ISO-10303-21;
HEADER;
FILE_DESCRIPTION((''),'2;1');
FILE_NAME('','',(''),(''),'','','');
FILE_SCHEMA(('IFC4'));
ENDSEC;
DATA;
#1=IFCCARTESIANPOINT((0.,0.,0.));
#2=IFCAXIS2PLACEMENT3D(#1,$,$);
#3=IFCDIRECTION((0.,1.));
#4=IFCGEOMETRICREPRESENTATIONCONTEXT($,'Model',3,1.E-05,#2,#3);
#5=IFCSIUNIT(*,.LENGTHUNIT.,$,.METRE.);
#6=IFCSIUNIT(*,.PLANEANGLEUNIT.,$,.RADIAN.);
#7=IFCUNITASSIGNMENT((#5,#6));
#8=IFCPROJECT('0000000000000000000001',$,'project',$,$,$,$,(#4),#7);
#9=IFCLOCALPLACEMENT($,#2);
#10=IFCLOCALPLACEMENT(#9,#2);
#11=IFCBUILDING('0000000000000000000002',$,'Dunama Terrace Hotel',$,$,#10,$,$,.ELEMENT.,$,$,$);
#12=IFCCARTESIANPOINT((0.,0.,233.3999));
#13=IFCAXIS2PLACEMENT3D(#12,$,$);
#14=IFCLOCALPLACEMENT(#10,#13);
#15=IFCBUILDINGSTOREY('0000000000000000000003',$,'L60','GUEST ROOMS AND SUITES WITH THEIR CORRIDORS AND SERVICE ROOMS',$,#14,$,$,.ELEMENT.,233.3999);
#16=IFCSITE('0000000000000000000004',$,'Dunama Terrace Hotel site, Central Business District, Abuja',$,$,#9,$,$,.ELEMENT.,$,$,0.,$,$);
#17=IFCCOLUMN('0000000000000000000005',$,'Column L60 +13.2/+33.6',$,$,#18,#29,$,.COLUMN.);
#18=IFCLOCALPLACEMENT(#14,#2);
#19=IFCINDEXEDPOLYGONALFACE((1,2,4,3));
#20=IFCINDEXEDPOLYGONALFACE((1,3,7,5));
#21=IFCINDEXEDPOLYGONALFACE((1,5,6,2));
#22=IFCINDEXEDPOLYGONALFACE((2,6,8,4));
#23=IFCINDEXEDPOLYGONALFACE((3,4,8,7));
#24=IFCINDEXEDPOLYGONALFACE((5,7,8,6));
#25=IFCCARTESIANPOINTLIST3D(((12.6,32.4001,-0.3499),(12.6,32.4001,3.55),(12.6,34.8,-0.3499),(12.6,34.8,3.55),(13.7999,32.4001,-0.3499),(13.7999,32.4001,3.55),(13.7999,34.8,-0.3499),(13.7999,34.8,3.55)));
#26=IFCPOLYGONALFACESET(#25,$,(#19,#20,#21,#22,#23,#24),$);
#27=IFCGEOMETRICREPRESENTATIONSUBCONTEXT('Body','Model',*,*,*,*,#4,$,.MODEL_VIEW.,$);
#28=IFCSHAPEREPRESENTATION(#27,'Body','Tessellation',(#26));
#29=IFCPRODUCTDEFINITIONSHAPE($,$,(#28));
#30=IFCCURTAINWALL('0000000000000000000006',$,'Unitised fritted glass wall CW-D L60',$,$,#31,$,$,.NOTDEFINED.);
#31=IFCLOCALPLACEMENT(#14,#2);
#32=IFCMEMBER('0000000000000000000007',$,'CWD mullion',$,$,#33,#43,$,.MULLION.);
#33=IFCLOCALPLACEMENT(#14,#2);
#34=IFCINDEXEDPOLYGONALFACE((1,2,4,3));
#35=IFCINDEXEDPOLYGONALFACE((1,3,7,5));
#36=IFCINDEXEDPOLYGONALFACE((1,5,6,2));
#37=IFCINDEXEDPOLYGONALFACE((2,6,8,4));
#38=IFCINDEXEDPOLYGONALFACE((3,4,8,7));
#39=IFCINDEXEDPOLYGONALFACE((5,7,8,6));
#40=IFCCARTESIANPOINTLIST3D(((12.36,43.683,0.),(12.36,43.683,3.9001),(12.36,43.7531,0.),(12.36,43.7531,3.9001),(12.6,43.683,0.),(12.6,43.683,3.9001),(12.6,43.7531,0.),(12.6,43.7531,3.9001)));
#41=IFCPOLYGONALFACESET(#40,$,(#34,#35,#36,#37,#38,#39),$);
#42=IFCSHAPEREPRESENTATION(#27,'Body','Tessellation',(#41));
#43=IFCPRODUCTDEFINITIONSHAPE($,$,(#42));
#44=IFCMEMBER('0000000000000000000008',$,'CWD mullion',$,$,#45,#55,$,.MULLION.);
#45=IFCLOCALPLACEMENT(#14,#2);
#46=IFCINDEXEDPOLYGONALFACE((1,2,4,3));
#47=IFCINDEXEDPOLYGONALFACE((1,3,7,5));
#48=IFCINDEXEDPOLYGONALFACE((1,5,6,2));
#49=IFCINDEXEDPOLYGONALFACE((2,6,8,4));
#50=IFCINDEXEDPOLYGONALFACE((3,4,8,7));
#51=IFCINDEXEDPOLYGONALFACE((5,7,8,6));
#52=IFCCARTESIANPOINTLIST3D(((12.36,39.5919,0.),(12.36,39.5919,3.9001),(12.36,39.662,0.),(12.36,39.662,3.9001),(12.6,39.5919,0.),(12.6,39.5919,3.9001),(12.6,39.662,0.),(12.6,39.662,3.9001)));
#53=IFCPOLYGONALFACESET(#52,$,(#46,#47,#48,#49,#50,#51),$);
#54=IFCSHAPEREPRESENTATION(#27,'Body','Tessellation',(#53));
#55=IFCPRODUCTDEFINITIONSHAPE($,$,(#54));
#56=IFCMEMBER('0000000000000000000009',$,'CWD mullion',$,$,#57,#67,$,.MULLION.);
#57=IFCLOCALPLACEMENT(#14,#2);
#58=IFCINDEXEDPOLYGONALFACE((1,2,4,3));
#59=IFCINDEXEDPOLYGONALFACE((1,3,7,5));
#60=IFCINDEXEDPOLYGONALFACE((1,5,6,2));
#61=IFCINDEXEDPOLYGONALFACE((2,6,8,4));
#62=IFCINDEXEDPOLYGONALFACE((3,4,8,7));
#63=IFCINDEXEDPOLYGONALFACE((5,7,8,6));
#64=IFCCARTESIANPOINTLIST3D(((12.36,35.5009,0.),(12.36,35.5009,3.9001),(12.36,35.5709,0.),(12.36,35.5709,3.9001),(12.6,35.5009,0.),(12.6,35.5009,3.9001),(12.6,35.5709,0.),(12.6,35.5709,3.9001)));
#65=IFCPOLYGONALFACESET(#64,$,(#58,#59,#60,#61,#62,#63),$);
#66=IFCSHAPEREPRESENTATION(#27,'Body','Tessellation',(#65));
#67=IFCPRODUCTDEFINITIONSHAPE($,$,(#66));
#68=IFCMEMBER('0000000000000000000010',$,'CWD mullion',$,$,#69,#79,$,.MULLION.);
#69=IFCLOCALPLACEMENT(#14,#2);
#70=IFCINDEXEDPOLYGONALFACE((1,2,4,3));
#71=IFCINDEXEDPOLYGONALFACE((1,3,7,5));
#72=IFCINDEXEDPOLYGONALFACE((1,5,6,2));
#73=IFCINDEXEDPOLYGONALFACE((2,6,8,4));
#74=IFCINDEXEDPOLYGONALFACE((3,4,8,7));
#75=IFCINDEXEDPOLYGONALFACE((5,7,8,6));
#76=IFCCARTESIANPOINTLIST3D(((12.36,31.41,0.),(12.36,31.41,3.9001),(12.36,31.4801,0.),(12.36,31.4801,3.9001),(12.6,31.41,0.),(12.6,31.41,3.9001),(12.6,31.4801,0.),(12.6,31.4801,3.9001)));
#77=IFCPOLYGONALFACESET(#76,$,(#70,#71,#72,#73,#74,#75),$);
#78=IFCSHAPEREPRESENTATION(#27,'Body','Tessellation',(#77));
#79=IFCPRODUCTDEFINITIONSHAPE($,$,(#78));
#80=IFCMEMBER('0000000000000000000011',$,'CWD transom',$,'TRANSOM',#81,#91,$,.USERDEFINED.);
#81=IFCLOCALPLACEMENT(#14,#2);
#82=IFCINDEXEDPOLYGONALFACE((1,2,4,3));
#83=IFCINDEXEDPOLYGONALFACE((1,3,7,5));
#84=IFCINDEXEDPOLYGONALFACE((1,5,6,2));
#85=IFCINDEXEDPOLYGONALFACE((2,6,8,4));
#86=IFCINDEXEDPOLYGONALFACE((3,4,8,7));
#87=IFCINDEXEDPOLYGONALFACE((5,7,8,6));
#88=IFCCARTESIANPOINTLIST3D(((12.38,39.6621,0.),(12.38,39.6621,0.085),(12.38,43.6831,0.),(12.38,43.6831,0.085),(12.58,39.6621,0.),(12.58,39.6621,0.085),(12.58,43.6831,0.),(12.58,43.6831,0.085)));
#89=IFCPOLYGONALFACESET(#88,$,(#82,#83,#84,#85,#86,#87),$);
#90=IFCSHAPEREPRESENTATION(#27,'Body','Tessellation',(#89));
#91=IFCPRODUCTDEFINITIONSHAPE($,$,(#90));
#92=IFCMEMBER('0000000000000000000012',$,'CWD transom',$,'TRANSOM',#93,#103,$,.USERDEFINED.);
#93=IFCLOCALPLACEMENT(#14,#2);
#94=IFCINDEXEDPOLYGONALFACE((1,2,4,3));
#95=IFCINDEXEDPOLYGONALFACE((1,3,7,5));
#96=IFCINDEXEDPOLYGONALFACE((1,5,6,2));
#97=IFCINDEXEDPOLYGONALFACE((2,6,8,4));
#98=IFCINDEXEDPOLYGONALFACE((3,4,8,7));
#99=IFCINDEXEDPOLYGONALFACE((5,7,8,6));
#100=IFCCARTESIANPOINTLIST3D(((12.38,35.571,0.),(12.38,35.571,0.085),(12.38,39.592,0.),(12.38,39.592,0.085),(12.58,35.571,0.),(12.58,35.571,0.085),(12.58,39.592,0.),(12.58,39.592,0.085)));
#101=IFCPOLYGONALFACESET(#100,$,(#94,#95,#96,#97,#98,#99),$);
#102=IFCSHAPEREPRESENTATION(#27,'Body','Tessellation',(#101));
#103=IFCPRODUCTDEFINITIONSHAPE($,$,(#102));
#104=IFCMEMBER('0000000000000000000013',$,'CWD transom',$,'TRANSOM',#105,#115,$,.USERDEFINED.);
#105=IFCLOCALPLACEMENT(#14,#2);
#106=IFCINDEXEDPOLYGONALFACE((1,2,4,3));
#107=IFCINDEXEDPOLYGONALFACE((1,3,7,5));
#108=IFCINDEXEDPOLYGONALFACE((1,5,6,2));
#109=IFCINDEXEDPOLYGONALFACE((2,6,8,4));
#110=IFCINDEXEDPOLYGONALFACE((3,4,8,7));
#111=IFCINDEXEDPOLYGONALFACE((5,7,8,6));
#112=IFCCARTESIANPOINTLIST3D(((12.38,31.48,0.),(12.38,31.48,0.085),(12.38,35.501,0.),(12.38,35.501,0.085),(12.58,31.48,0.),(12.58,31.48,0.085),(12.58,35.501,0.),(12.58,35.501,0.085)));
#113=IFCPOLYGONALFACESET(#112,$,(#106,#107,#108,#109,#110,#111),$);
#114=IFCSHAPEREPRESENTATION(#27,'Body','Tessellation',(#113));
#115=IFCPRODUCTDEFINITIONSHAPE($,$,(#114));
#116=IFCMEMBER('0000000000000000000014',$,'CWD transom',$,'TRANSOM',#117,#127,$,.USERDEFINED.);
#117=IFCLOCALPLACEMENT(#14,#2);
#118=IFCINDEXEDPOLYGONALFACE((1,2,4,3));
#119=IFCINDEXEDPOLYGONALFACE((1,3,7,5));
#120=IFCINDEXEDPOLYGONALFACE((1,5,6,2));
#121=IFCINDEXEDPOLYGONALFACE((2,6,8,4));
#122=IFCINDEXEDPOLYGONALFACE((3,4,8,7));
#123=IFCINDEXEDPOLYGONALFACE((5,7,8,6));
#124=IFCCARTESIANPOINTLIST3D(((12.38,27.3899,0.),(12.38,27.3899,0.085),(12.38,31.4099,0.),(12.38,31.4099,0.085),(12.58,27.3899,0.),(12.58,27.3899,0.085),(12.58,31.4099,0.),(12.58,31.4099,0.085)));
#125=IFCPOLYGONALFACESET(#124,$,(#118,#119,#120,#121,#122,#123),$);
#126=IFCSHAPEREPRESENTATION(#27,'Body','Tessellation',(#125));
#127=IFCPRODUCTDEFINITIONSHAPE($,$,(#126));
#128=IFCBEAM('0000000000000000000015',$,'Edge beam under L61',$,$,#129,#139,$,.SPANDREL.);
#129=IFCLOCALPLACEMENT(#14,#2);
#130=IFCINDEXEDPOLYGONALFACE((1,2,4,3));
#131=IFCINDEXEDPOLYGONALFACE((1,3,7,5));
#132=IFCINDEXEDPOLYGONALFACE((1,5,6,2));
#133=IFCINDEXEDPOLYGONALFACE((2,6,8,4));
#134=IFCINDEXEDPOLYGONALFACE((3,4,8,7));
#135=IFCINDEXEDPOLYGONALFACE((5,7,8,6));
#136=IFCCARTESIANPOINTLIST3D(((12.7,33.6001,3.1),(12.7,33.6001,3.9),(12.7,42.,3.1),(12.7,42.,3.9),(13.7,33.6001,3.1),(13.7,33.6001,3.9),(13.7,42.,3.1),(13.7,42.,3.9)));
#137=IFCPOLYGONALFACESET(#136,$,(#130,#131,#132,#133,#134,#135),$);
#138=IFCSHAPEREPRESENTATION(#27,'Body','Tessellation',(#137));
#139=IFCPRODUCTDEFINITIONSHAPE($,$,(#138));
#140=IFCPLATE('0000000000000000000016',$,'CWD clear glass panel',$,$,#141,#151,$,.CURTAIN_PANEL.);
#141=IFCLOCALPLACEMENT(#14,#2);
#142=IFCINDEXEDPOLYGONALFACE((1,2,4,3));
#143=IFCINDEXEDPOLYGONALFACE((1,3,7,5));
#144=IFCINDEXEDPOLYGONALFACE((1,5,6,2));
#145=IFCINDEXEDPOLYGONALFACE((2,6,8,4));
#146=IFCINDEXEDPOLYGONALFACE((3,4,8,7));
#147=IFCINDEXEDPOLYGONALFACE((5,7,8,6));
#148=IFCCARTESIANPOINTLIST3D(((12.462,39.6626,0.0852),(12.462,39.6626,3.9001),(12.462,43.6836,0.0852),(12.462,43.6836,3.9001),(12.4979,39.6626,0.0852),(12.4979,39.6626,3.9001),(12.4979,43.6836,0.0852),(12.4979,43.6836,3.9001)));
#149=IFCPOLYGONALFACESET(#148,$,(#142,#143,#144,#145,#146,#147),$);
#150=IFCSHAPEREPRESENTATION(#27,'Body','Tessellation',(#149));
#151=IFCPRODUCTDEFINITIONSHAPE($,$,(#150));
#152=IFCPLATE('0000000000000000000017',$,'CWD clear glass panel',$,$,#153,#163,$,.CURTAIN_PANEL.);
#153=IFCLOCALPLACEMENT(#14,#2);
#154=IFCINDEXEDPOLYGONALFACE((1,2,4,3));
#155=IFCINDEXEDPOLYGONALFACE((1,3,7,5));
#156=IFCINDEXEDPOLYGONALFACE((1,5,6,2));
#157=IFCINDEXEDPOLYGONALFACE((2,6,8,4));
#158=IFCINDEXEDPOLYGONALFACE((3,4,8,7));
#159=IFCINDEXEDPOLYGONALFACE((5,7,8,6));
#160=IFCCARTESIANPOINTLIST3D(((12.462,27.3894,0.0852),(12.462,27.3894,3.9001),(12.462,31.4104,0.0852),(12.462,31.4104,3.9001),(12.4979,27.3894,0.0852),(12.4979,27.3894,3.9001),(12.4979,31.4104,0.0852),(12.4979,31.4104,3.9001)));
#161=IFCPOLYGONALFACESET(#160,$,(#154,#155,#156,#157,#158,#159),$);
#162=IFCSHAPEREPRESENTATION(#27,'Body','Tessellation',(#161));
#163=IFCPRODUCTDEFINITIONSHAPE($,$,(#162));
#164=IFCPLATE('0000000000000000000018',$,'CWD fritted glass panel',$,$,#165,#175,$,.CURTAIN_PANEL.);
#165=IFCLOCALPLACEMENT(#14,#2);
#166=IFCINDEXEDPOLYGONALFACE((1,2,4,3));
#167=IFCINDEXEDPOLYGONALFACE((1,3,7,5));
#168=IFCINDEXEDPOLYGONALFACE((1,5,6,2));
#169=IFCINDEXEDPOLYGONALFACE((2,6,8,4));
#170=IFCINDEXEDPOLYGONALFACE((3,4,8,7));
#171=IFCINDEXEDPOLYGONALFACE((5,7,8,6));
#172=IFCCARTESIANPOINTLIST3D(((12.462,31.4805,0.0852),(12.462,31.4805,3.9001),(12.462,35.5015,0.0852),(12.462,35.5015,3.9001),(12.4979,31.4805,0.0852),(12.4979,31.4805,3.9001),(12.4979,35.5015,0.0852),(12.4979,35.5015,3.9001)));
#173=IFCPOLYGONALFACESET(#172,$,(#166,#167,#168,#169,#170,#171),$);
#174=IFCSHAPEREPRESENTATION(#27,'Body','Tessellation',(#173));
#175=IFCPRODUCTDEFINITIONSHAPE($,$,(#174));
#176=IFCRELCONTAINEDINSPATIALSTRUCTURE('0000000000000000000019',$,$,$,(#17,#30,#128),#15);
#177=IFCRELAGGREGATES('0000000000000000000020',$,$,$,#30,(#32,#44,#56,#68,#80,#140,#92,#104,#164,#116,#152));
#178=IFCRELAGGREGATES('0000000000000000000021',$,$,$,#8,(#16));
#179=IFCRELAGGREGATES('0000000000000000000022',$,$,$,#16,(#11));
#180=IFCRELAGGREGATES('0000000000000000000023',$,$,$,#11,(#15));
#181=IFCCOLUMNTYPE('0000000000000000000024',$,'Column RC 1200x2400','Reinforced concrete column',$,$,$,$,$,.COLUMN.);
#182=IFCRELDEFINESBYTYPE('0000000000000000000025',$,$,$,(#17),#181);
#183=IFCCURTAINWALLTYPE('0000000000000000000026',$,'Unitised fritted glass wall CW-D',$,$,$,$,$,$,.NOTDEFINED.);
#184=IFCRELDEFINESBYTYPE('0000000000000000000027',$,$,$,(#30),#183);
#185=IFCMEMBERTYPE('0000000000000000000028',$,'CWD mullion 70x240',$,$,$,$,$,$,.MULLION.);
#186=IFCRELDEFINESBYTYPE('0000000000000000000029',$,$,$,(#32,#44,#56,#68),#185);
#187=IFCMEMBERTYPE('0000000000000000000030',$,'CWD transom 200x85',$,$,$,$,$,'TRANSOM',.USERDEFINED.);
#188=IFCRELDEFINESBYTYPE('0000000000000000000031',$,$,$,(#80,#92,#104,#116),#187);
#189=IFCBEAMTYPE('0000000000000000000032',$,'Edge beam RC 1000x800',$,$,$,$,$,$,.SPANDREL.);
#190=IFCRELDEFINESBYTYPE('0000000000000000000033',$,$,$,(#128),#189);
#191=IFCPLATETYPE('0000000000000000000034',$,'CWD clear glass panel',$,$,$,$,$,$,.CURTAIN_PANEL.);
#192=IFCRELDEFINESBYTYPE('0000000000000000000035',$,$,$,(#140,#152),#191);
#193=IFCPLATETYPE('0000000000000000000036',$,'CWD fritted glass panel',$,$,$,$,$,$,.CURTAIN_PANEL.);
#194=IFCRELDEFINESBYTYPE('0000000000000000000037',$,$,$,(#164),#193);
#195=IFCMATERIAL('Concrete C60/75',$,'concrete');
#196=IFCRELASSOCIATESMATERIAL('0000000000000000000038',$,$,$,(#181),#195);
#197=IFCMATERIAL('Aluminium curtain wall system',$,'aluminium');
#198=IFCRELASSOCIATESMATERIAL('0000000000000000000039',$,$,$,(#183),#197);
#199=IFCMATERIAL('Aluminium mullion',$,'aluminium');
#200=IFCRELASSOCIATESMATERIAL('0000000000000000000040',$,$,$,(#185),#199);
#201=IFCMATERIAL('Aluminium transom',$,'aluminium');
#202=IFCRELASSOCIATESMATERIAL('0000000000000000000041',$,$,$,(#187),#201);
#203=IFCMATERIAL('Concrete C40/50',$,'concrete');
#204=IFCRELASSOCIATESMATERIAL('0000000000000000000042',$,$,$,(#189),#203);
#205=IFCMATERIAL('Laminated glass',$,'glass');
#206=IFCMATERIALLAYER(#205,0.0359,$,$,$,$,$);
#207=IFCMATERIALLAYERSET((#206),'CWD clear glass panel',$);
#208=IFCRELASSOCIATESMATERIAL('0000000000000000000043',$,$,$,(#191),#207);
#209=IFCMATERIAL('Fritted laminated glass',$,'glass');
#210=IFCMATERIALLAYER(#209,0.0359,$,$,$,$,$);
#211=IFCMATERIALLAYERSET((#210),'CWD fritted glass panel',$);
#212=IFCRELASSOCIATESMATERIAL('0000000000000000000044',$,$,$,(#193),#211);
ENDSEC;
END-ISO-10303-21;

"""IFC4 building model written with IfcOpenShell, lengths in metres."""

from ifc_helpers import new_model, si_unit, direction, frame, origin, origin_2d, place, context, subcontext, project, spatial, rectangle, extrude, material, layer, layer_set, material_profile, profile_set, type_object, element, aggregate, save


model = new_model("IFC4")

# Units and contexts
model_context = context("Model", 3, precision=1e-05, world=origin(), true_north=direction((0.0, 1.0)))
body_context = subcontext(model_context, "Body", "Model", "MODEL_VIEW")
ifc_project = project(units=[si_unit("LENGTHUNIT", "METRE"), si_unit("PLANEANGLEUNIT", "RADIAN")], contexts=[model_context])

# Site, building, storey
site_placement = place(None, origin())
site = spatial("IfcSite", under=ifc_project, at=site_placement, Name="Dunama Terrace Hotel site, Central Business District, Abuja", CompositionType="ELEMENT", RefElevation=0.0)
building_placement = place(site_placement, origin())
building = spatial("IfcBuilding", under=site, at=building_placement, Name="Dunama Terrace Hotel", CompositionType="ELEMENT")
storey_placement = place(building_placement, frame((0.0, 0.0, 233.3999)))
storey = spatial("IfcBuildingStorey", under=building, at=storey_placement, Name="L60", Description="GUEST ROOMS AND SUITES WITH THEIR CORRIDORS AND SERVICE ROOMS", CompositionType="ELEMENT", Elevation=233.3999)

# Column
ifc_material_1 = material(Name="Concrete C60/75", Category="concrete")
ifc_material_profile_1 = material_profile(ifc_material_1, rectangle(XDim=1.2, YDim=2.3999, at=origin_2d()), Name="RC 1200x2400")
ifc_profile_set_1 = profile_set([ifc_material_profile_1], Name="Concrete C60/75")
column_type = type_object("IfcColumnType", Name="Column RC 1200x2400", Description="Reinforced concrete column", PredefinedType="COLUMN", material=ifc_profile_set_1)
column_placement = place(storey_placement, frame((13.2, 33.6001, -0.3499), z_axis=(0.0, 0.0, 1.0), x_axis=(1.0, 0.0, 0.0)))
element("IfcColumn", 1, at=column_placement, inside=storey, type_object=column_type, Name="Column L60 +13.2/+33.6", PredefinedType="COLUMN", context=body_context, shape_type="SweptSolid", body=[
    extrude(rectangle(XDim=1.2, YDim=2.3999, at=origin_2d()), origin(), (0.0, 0.0, 1.0), 3.8999),
])

# Curtain wall, members
ifc_material_2 = material(Name="Aluminium curtain wall system", Category="aluminium")
curtain_wall_type = type_object("IfcCurtainWallType", Name="Unitised fritted glass wall CW-D", PredefinedType="NOTDEFINED", material=ifc_material_2)
curtain_wall_placement = place(storey_placement, origin())
curtain_wall = element("IfcCurtainWall", 2, at=curtain_wall_placement, inside=storey, type_object=curtain_wall_type, Name="Unitised fritted glass wall CW-D L60", PredefinedType="NOTDEFINED")
ifc_material_3 = material(Name="Aluminium mullion", Category="aluminium")
ifc_material_profile_2 = material_profile(ifc_material_3, rectangle(XDim=0.0701, YDim=0.24, at=origin_2d()), Name="CWD MULLION 70X240")
ifc_profile_set_2 = profile_set([ifc_material_profile_2], Name="Aluminium mullion")
member_type_1 = type_object("IfcMemberType", Name="CWD mullion 70x240", PredefinedType="MULLION", material=ifc_profile_set_2)
member_1_placement = place(storey_placement, frame((12.48, 43.718, 0.0), z_axis=(0.0, 0.0, 1.0), x_axis=(0.0, -1.0, 0.0)))
member_1 = element("IfcMember", 3, at=member_1_placement, type_object=member_type_1, Name="CWD mullion", PredefinedType="MULLION", context=body_context, shape_type="SweptSolid", body=[
    extrude(rectangle(XDim=0.0701, YDim=0.24, at=origin_2d()), origin(), (0.0, 0.0, 1.0), 3.9001),
])
member_2_placement = place(storey_placement, frame((12.48, 39.627, 0.0), z_axis=(0.0, 0.0, 1.0), x_axis=(0.0, -1.0, 0.0)))
member_2 = element("IfcMember", 4, at=member_2_placement, type_object=member_type_1, Name="CWD mullion", PredefinedType="MULLION", context=body_context, shape_type="SweptSolid", body=[
    extrude(rectangle(XDim=0.0701, YDim=0.24, at=origin_2d()), origin(), (0.0, 0.0, 1.0), 3.9001),
])
member_3_placement = place(storey_placement, frame((12.48, 35.5359, 0.0), z_axis=(0.0, 0.0, 1.0), x_axis=(0.0, -1.0, 0.0)))
member_3 = element("IfcMember", 5, at=member_3_placement, type_object=member_type_1, Name="CWD mullion", PredefinedType="MULLION", context=body_context, shape_type="SweptSolid", body=[
    extrude(rectangle(XDim=0.0701, YDim=0.24, at=origin_2d()), origin(), (0.0, 0.0, 1.0), 3.9001),
])
member_4_placement = place(storey_placement, frame((12.48, 31.4451, 0.0), z_axis=(0.0, 0.0, 1.0), x_axis=(0.0, -1.0, 0.0)))
member_4 = element("IfcMember", 6, at=member_4_placement, type_object=member_type_1, Name="CWD mullion", PredefinedType="MULLION", context=body_context, shape_type="SweptSolid", body=[
    extrude(rectangle(XDim=0.0701, YDim=0.24, at=origin_2d()), origin(), (0.0, 0.0, 1.0), 3.9001),
])
ifc_material_4 = material(Name="Aluminium transom", Category="aluminium")
ifc_material_profile_3 = material_profile(ifc_material_4, rectangle(XDim=0.2, YDim=0.085, at=origin_2d()), Name="CWD TRANSOM 200X85")
ifc_profile_set_3 = profile_set([ifc_material_profile_3], Name="Aluminium transom")
member_type_2 = type_object("IfcMemberType", Name="CWD transom 200x85", ElementType="TRANSOM", PredefinedType="USERDEFINED", material=ifc_profile_set_3)
member_5_placement = place(storey_placement, frame((12.48, 43.6831, 0.0425), z_axis=(0.0, -1.0, 0.0), x_axis=(1.0, 0.0, 0.0)))
member_5 = element("IfcMember", 7, at=member_5_placement, type_object=member_type_2, Name="CWD transom", ObjectType="TRANSOM", PredefinedType="USERDEFINED", context=body_context, shape_type="SweptSolid", body=[
    extrude(rectangle(XDim=0.2, YDim=0.085, at=origin_2d()), origin(), (0.0, 0.0, 1.0), 4.021),
])
member_6_placement = place(storey_placement, frame((12.48, 39.592, 0.0425), z_axis=(0.0, -1.0, 0.0), x_axis=(1.0, 0.0, 0.0)))
member_6 = element("IfcMember", 8, at=member_6_placement, type_object=member_type_2, Name="CWD transom", ObjectType="TRANSOM", PredefinedType="USERDEFINED", context=body_context, shape_type="SweptSolid", body=[
    extrude(rectangle(XDim=0.2, YDim=0.085, at=origin_2d()), origin(), (0.0, 0.0, 1.0), 4.021),
])
member_7_placement = place(storey_placement, frame((12.48, 35.501, 0.0425), z_axis=(0.0, -1.0, 0.0), x_axis=(1.0, 0.0, 0.0)))
member_7 = element("IfcMember", 9, at=member_7_placement, type_object=member_type_2, Name="CWD transom", ObjectType="TRANSOM", PredefinedType="USERDEFINED", context=body_context, shape_type="SweptSolid", body=[
    extrude(rectangle(XDim=0.2, YDim=0.085, at=origin_2d()), origin(), (0.0, 0.0, 1.0), 4.021),
])
member_8_placement = place(storey_placement, frame((12.48, 31.4099, 0.0425), z_axis=(0.0, -1.0, 0.0), x_axis=(1.0, 0.0, 0.0)))
member_8 = element("IfcMember", 10, at=member_8_placement, type_object=member_type_2, Name="CWD transom", ObjectType="TRANSOM", PredefinedType="USERDEFINED", context=body_context, shape_type="SweptSolid", body=[
    extrude(rectangle(XDim=0.2, YDim=0.085, at=origin_2d()), origin(), (0.0, 0.0, 1.0), 4.02),
])

# Beam
ifc_material_5 = material(Name="Concrete C40/50", Category="concrete")
ifc_material_profile_4 = material_profile(ifc_material_5, rectangle(XDim=1.0, YDim=0.8, at=origin_2d()), Name="RC 1000x800")
ifc_profile_set_4 = profile_set([ifc_material_profile_4], Name="Concrete C40/50")
beam_type = type_object("IfcBeamType", Name="Edge beam RC 1000x800", PredefinedType="SPANDREL", material=ifc_profile_set_4)
beam_placement = place(storey_placement, frame((13.2, 33.6001, 3.5), z_axis=(0.0, 1.0, 0.0), x_axis=(-1.0, 0.0, 0.0)))
element("IfcBeam", 11, at=beam_placement, inside=storey, type_object=beam_type, Name="Edge beam under L61", PredefinedType="SPANDREL", context=body_context, shape_type="SweptSolid", body=[
    extrude(rectangle(XDim=1.0, YDim=0.8, at=origin_2d()), origin(), (0.0, 0.0, 1.0), 8.3999),
])

# Plates
ifc_material_6 = material(Name="Laminated glass", Category="glass")
ifc_layer_1 = layer(ifc_material_6, 0.0359)
ifc_layer_set_1 = layer_set([ifc_layer_1], Name="CWD clear glass panel")
plate_type_1 = type_object("IfcPlateType", Name="CWD clear glass panel", PredefinedType="CURTAIN_PANEL", material=ifc_layer_set_1)
plate_1_placement = place(storey_placement, frame((12.48, 41.6731, 0.0852), z_axis=(0.0, 0.0, 1.0), x_axis=(0.0, -1.0, 0.0)))
plate_1 = element("IfcPlate", 12, at=plate_1_placement, type_object=plate_type_1, Name="CWD clear glass panel", PredefinedType="CURTAIN_PANEL", context=body_context, shape_type="SweptSolid", body=[
    extrude(rectangle(XDim=4.021, YDim=0.0359, at=origin_2d()), origin(), (0.0, 0.0, 1.0), 3.8149),
])
plate_2_placement = place(storey_placement, frame((12.48, 29.3999, 0.0852), z_axis=(0.0, 0.0, 1.0), x_axis=(0.0, -1.0, 0.0)))
plate_2 = element("IfcPlate", 13, at=plate_2_placement, type_object=plate_type_1, Name="CWD clear glass panel", PredefinedType="CURTAIN_PANEL", context=body_context, shape_type="SweptSolid", body=[
    extrude(rectangle(XDim=4.021, YDim=0.0359, at=origin_2d()), origin(), (0.0, 0.0, 1.0), 3.8149),
])
ifc_material_7 = material(Name="Fritted laminated glass", Category="glass")
ifc_layer_2 = layer(ifc_material_7, 0.0359)
ifc_layer_set_2 = layer_set([ifc_layer_2], Name="CWD fritted glass panel")
plate_type_2 = type_object("IfcPlateType", Name="CWD fritted glass panel", PredefinedType="CURTAIN_PANEL", material=ifc_layer_set_2)
plate_3_placement = place(storey_placement, frame((12.48, 33.491, 0.0852), z_axis=(0.0, 0.0, 1.0), x_axis=(0.0, -1.0, 0.0)))
plate_3 = element("IfcPlate", 14, at=plate_3_placement, type_object=plate_type_2, Name="CWD fritted glass panel", PredefinedType="CURTAIN_PANEL", context=body_context, shape_type="SweptSolid", body=[
    extrude(rectangle(XDim=4.021, YDim=0.0359, at=origin_2d()), origin(), (0.0, 0.0, 1.0), 3.8149),
])
aggregate(curtain_wall, [member_1, member_2, member_3, member_4, member_5, plate_1, member_6, member_7, plate_3, member_8, plate_2])

save(model, "model.ifc")
